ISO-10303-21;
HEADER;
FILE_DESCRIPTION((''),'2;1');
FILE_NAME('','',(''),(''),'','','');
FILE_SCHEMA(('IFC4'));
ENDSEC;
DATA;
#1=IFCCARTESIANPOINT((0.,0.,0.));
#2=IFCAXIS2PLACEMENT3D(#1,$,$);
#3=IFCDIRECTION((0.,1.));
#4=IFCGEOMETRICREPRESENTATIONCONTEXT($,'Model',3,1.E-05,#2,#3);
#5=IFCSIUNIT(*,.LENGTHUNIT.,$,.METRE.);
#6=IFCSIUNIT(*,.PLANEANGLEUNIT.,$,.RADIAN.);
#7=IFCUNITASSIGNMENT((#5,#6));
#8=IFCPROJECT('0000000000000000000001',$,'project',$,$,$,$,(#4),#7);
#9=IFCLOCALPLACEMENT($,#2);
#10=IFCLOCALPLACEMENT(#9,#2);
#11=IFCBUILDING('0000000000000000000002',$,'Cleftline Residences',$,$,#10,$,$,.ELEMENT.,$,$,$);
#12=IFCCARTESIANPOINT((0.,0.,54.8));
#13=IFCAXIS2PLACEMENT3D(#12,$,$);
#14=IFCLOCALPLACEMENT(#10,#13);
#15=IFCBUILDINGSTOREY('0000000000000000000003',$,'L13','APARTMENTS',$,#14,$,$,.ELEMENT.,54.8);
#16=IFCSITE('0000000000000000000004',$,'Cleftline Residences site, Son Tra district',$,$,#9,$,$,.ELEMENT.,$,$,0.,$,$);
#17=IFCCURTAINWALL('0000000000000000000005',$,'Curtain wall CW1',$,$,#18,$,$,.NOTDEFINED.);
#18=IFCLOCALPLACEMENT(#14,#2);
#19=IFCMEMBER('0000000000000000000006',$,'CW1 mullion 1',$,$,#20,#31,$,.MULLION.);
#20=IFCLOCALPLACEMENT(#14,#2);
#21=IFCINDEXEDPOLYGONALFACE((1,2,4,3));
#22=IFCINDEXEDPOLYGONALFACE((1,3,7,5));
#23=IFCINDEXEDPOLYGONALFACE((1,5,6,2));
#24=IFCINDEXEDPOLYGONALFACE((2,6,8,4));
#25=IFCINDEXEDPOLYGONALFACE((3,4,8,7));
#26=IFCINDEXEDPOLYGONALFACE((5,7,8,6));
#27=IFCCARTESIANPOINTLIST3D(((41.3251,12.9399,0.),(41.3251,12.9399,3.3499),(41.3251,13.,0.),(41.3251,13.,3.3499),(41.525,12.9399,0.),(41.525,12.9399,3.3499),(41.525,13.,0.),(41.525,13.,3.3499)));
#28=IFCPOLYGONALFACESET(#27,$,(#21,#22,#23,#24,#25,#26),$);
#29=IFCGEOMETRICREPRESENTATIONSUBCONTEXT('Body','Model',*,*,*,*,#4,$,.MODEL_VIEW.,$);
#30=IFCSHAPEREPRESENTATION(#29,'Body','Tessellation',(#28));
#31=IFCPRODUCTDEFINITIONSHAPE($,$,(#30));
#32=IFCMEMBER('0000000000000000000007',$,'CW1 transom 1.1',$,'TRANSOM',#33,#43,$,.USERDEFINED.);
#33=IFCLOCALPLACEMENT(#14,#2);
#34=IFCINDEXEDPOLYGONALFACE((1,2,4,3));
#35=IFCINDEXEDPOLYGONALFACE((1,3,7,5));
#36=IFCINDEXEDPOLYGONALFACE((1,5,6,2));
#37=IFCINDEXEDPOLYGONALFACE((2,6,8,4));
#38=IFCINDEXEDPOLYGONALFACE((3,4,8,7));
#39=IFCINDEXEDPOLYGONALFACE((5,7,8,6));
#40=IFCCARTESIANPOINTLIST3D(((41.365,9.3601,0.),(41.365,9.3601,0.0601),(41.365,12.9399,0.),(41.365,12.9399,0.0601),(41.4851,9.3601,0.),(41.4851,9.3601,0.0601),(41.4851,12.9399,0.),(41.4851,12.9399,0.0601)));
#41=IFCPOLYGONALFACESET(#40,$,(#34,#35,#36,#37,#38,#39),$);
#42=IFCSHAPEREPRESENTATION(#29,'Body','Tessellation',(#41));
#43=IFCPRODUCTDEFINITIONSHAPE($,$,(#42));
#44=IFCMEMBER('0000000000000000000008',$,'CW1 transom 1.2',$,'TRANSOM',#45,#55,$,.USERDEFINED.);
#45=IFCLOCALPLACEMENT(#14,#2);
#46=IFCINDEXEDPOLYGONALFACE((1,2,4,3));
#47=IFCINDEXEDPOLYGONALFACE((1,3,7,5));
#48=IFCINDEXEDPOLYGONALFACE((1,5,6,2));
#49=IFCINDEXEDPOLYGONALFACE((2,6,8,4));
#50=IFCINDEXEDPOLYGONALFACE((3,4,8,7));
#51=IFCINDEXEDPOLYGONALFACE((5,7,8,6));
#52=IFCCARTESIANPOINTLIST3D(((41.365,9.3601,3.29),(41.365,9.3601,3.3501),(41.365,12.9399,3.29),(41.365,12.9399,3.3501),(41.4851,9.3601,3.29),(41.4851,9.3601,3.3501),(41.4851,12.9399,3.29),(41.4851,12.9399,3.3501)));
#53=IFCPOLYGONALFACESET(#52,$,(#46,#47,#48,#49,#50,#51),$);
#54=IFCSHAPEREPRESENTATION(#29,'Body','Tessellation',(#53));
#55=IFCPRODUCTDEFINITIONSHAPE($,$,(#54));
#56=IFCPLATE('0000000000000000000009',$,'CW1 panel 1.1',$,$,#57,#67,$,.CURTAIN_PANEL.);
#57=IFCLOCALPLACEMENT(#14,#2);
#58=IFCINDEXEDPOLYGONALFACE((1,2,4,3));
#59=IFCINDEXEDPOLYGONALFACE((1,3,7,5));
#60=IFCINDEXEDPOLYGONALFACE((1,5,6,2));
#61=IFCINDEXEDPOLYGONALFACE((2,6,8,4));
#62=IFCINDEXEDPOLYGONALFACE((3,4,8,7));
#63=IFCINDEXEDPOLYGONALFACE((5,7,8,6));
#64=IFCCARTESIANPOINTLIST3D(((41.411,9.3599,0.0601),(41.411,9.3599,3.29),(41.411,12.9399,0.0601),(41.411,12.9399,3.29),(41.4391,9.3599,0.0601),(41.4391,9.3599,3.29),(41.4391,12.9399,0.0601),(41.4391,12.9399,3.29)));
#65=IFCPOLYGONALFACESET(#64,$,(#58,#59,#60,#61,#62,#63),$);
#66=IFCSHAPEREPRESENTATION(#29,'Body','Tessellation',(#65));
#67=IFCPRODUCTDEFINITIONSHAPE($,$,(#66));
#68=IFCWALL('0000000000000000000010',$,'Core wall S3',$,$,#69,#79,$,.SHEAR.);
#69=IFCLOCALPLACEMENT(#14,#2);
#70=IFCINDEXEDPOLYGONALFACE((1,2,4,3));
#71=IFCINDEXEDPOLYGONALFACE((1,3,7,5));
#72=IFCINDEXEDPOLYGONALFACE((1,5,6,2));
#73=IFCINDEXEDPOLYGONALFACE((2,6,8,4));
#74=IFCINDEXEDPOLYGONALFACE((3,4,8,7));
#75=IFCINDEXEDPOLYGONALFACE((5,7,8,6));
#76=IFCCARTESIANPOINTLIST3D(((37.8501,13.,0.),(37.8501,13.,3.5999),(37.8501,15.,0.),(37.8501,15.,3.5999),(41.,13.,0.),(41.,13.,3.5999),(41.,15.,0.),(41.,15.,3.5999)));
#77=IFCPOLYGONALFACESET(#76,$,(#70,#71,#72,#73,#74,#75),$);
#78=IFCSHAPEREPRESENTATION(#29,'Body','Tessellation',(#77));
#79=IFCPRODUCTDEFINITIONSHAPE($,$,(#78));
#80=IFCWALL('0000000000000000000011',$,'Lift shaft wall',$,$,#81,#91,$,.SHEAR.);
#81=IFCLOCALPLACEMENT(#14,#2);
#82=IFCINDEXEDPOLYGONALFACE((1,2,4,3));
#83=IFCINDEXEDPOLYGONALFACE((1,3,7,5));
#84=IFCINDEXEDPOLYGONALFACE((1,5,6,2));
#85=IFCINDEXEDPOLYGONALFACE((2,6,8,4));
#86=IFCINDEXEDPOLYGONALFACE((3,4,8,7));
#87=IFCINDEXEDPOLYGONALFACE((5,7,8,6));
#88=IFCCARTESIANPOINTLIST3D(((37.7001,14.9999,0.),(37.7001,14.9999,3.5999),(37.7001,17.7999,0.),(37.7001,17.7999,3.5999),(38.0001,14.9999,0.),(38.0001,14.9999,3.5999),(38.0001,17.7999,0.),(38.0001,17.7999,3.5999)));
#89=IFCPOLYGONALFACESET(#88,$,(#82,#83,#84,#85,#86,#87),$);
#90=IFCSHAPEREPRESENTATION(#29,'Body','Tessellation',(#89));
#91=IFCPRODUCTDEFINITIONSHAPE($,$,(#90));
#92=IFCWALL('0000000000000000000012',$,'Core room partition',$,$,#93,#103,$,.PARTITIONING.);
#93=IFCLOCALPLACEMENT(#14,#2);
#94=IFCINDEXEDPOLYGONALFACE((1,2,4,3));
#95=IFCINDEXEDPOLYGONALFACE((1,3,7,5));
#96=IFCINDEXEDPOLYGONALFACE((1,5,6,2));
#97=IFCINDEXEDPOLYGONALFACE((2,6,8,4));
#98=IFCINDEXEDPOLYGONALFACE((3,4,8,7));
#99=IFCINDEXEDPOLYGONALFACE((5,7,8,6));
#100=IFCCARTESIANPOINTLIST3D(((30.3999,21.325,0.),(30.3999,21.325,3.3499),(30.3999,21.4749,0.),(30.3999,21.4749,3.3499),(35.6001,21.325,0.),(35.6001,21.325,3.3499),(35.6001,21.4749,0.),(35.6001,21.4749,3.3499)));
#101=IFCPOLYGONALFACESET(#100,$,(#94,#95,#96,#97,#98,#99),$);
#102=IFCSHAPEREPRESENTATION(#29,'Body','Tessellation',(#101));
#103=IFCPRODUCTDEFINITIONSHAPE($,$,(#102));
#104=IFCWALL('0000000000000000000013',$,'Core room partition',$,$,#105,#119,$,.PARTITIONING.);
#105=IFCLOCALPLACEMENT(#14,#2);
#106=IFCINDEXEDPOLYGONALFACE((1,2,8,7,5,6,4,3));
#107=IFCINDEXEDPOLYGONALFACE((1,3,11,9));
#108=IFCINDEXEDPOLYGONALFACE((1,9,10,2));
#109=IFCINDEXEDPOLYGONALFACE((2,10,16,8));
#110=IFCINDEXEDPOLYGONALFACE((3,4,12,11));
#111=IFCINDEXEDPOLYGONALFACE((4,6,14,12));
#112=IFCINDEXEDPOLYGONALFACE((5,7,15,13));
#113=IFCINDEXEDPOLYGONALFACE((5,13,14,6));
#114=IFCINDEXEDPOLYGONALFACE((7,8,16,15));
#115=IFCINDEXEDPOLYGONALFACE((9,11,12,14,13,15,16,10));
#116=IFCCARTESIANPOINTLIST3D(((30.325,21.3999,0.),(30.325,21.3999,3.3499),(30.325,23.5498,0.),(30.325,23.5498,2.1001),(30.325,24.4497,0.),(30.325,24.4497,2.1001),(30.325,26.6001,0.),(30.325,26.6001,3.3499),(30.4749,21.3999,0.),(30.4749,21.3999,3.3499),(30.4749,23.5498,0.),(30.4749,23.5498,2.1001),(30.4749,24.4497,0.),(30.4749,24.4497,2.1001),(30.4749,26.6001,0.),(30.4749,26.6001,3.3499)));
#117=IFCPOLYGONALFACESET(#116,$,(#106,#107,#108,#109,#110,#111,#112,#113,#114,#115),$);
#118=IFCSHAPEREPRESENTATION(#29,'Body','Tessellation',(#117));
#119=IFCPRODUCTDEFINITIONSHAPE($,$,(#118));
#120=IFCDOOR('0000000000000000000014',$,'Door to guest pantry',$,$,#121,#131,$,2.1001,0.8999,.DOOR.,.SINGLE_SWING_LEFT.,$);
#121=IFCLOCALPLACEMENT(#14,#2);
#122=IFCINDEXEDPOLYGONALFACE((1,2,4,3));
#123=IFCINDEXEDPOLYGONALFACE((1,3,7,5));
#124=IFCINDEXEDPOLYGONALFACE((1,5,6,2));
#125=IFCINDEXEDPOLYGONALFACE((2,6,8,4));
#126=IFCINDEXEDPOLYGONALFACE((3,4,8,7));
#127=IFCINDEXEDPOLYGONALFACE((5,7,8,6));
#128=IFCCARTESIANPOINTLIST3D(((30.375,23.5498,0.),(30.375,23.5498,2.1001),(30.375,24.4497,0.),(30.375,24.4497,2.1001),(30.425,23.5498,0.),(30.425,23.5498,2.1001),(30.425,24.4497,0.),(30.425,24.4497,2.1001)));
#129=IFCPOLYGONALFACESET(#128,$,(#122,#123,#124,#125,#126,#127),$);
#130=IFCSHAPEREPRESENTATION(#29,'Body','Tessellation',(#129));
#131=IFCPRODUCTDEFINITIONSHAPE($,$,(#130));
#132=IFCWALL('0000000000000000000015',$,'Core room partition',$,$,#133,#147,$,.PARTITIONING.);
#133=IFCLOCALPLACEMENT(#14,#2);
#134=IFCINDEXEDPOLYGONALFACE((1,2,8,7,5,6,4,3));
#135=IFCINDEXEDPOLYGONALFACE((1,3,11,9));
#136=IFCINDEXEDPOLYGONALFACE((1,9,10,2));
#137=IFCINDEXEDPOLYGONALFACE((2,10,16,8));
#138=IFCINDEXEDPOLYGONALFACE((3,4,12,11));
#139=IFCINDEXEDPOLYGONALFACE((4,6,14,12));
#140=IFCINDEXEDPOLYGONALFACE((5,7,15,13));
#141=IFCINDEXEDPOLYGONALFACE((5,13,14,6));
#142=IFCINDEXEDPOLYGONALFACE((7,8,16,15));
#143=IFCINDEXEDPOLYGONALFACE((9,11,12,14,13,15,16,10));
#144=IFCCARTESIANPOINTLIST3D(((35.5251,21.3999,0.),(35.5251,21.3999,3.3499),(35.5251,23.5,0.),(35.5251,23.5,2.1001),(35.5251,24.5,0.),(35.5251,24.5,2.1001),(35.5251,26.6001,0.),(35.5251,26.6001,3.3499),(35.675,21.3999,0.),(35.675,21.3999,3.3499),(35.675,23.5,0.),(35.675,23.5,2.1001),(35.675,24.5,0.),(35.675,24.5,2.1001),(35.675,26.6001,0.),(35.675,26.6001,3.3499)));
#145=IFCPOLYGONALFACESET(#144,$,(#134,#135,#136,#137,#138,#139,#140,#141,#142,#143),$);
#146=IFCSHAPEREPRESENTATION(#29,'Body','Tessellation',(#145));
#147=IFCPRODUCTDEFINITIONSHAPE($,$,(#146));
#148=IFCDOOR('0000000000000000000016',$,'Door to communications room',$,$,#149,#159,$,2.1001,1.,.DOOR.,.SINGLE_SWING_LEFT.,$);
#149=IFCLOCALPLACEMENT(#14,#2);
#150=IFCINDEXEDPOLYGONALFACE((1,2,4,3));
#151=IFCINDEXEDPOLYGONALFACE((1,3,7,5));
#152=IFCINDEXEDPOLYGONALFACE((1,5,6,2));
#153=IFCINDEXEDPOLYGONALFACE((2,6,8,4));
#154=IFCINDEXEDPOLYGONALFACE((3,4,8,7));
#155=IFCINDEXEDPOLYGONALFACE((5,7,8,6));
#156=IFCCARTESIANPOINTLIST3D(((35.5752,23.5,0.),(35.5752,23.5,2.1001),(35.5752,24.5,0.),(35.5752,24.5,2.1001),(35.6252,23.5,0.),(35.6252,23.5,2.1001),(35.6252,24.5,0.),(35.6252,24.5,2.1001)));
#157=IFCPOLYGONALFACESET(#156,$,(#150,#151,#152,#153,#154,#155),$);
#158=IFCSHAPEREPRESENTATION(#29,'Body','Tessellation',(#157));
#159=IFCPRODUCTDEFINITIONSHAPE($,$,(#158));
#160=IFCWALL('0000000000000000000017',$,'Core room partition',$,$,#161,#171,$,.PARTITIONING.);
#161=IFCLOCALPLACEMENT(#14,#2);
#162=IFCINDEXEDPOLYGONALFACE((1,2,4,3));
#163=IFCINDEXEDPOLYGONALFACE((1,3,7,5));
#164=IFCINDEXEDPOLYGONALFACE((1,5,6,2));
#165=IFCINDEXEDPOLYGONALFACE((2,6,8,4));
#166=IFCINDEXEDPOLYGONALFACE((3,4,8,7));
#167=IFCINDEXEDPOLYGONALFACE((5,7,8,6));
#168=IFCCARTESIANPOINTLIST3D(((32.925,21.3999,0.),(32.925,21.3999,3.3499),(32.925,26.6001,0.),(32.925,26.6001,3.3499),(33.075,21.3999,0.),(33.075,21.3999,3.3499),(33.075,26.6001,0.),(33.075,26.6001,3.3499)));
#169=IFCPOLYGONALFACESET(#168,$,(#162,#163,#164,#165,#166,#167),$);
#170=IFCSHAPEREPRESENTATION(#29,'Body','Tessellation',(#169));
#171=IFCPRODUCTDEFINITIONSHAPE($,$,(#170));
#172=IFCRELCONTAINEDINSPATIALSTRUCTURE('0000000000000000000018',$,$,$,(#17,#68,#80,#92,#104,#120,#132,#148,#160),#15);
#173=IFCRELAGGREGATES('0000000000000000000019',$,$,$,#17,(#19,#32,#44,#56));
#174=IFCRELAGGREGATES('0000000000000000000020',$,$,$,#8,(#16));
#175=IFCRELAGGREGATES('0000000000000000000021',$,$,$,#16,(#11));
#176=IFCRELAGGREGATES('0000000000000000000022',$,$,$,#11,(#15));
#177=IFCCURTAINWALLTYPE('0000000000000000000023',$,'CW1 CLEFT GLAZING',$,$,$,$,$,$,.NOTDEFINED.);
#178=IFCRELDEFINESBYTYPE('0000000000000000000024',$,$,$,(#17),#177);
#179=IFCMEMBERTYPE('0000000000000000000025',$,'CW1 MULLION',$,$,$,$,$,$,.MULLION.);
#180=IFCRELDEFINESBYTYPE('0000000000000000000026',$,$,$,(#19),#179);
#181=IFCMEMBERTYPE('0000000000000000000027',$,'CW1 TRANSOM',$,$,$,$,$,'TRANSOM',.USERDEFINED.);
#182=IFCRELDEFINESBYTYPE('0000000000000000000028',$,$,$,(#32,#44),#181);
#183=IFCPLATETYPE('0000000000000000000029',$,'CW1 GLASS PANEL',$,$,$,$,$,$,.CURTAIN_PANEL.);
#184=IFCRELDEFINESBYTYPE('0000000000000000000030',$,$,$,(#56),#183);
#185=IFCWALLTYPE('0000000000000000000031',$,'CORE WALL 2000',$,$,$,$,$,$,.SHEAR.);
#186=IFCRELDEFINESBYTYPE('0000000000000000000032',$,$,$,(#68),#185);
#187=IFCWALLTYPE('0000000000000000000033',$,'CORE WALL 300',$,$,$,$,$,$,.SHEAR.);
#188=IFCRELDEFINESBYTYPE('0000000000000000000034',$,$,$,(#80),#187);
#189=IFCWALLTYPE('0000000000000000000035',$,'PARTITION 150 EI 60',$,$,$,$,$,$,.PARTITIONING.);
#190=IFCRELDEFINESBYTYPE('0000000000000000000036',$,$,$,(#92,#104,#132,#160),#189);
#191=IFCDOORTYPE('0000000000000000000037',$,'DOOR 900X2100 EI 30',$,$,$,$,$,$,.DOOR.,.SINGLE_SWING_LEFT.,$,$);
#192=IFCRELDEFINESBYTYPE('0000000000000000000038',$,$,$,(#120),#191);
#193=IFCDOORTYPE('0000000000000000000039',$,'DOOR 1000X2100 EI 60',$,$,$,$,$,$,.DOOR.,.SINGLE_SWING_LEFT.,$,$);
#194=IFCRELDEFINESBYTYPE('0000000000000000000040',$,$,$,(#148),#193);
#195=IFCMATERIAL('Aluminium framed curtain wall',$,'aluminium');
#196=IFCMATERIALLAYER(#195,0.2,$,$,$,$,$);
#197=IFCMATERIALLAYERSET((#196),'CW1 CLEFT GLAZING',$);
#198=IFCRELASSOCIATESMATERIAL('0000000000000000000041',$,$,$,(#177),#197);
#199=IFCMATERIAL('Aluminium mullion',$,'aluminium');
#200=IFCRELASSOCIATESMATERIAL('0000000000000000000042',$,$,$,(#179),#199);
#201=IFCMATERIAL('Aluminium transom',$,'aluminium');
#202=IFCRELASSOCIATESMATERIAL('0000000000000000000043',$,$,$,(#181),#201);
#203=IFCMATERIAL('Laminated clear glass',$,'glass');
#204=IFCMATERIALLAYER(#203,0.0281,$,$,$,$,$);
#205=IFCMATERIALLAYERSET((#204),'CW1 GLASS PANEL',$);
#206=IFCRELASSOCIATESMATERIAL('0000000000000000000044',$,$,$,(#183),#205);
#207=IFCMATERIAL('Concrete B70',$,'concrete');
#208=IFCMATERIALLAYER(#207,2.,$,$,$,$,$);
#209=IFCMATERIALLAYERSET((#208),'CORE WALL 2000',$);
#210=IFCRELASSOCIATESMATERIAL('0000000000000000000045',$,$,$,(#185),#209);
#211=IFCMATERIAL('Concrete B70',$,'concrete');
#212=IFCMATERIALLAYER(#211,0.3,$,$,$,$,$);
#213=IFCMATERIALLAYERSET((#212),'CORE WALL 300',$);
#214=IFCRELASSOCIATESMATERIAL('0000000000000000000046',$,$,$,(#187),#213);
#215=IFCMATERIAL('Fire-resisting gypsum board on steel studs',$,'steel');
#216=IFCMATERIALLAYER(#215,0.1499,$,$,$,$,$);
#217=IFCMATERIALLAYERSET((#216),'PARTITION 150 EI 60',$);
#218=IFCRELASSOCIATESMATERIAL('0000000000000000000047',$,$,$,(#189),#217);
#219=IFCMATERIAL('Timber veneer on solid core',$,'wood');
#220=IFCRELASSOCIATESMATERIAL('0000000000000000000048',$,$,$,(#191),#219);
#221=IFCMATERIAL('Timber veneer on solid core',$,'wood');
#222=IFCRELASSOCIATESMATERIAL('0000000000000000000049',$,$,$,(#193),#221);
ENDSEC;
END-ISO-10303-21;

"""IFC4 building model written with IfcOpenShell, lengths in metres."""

from ifc_helpers import new_model, si_unit, direction, frame, frame_2d, origin, origin_2d, place, context, subcontext, project, spatial, rectangle, extrude, material, layer, layer_set, material_profile, profile_set, type_object, element, fill, aggregate, save


model = new_model("IFC4")

# Units and contexts
model_context = context("Model", 3, precision=1e-05, world=origin(), true_north=direction((0.0, 1.0)))
body_context = subcontext(model_context, "Body", "Model", "MODEL_VIEW")
ifc_project = project(units=[si_unit("LENGTHUNIT", "METRE"), si_unit("PLANEANGLEUNIT", "RADIAN")], contexts=[model_context])

# Site, building, storey
site_placement = place(None, origin())
site = spatial("IfcSite", under=ifc_project, at=site_placement, Name="Cleftline Residences site, Son Tra district", CompositionType="ELEMENT", RefElevation=0.0)
building_placement = place(site_placement, origin())
building = spatial("IfcBuilding", under=site, at=building_placement, Name="Cleftline Residences", CompositionType="ELEMENT")
storey_placement = place(building_placement, frame((0.0, 0.0, 54.8)))
storey = spatial("IfcBuildingStorey", under=building, at=storey_placement, Name="L13", Description="APARTMENTS", CompositionType="ELEMENT", Elevation=54.8)

# Curtain wall, members, plate
ifc_material_1 = material(Name="Aluminium framed curtain wall", Category="aluminium")
ifc_layer_1 = layer(ifc_material_1, 0.2)
ifc_layer_set_1 = layer_set([ifc_layer_1], Name="CW1 CLEFT GLAZING")
curtain_wall_type = type_object("IfcCurtainWallType", Name="CW1 CLEFT GLAZING", PredefinedType="NOTDEFINED", material=ifc_layer_set_1)
curtain_wall_placement = place(storey_placement, origin())
curtain_wall = element("IfcCurtainWall", 1, at=curtain_wall_placement, inside=storey, type_object=curtain_wall_type, Name="Curtain wall CW1", PredefinedType="NOTDEFINED")
ifc_material_2 = material(Name="Aluminium mullion", Category="aluminium")
ifc_material_profile_1 = material_profile(ifc_material_2, rectangle(XDim=0.2, YDim=0.0601, at=origin_2d()))
ifc_profile_set_1 = profile_set([ifc_material_profile_1], Name="Aluminium mullion")
member_type_1 = type_object("IfcMemberType", Name="CW1 MULLION", PredefinedType="MULLION", material=ifc_profile_set_1)
member_1_placement = place(storey_placement, frame((41.425, 12.97, 0.0), z_axis=(0.0, 0.0, 1.0), x_axis=(1.0, 0.0, 0.0)))
member_1 = element("IfcMember", 2, at=member_1_placement, type_object=member_type_1, Name="CW1 mullion 1", PredefinedType="MULLION", context=body_context, shape_type="SweptSolid", body=[
    extrude(rectangle(XDim=0.2, YDim=0.0601, at=origin_2d()), origin(), (0.0, 0.0, 1.0), 3.3499),
])
ifc_material_3 = material(Name="Aluminium transom", Category="aluminium")
ifc_material_profile_2 = material_profile(ifc_material_3, rectangle(XDim=0.1201, YDim=0.0601, at=origin_2d()))
ifc_profile_set_2 = profile_set([ifc_material_profile_2], Name="Aluminium transom")
member_type_2 = type_object("IfcMemberType", Name="CW1 TRANSOM", ElementType="TRANSOM", PredefinedType="USERDEFINED", material=ifc_profile_set_2)
member_2_placement = place(storey_placement, frame((41.425, 12.9399, 0.03), z_axis=(0.0, -1.0, 0.0), x_axis=(1.0, 0.0, 0.0)))
member_2 = element("IfcMember", 3, at=member_2_placement, type_object=member_type_2, Name="CW1 transom 1.1", ObjectType="TRANSOM", PredefinedType="USERDEFINED", context=body_context, shape_type="SweptSolid", body=[
    extrude(rectangle(XDim=0.1201, YDim=0.0601, at=origin_2d()), origin(), (0.0, 0.0, 1.0), 3.5798),
])
member_3_placement = place(storey_placement, frame((41.425, 12.9399, 3.3201), z_axis=(0.0, -1.0, 0.0), x_axis=(1.0, 0.0, 0.0)))
member_3 = element("IfcMember", 4, at=member_3_placement, type_object=member_type_2, Name="CW1 transom 1.2", ObjectType="TRANSOM", PredefinedType="USERDEFINED", context=body_context, shape_type="SweptSolid", body=[
    extrude(rectangle(XDim=0.1201, YDim=0.0601, at=origin_2d()), origin(), (0.0, 0.0, 1.0), 3.5798),
])
ifc_material_4 = material(Name="Laminated clear glass", Category="glass")
ifc_layer_2 = layer(ifc_material_4, 0.0281)
ifc_layer_set_2 = layer_set([ifc_layer_2], Name="CW1 GLASS PANEL")
plate_type = type_object("IfcPlateType", Name="CW1 GLASS PANEL", PredefinedType="CURTAIN_PANEL", material=ifc_layer_set_2)
plate_placement = place(storey_placement, frame((41.425, 11.1499, 0.0601), z_axis=(0.0, 0.0, 1.0), x_axis=(0.0, -1.0, 0.0)))
plate = element("IfcPlate", 5, at=plate_placement, type_object=plate_type, Name="CW1 panel 1.1", PredefinedType="CURTAIN_PANEL", context=body_context, shape_type="SweptSolid", body=[
    extrude(rectangle(XDim=3.5801, YDim=0.0281, at=origin_2d()), origin(), (0.0, 0.0, 1.0), 3.23),
])
aggregate(curtain_wall, [member_1, member_2, member_3, plate])

# Walls
ifc_material_5 = material(Name="Concrete B70", Category="concrete")
ifc_layer_3 = layer(ifc_material_5, 2.0)
ifc_layer_set_3 = layer_set([ifc_layer_3], Name="CORE WALL 2000")
wall_type_1 = type_object("IfcWallType", Name="CORE WALL 2000", PredefinedType="SHEAR", material=ifc_layer_set_3)
wall_1_placement = place(storey_placement, frame((37.8501, 14.0, 0.0), z_axis=(0.0, 0.0, 1.0), x_axis=(1.0, 0.0, 0.0)))
element("IfcWall", 6, at=wall_1_placement, inside=storey, type_object=wall_type_1, Name="Core wall S3", PredefinedType="SHEAR", context=body_context, shape_type="SweptSolid", body=[
    extrude(rectangle(XDim=3.1499, YDim=2.0, at=frame_2d((1.575, 0.0))), origin(), (0.0, 0.0, 1.0), 3.5999),
])
ifc_material_6 = material(Name="Concrete B70", Category="concrete")
ifc_layer_4 = layer(ifc_material_6, 0.3)
ifc_layer_set_4 = layer_set([ifc_layer_4], Name="CORE WALL 300")
wall_type_2 = type_object("IfcWallType", Name="CORE WALL 300", PredefinedType="SHEAR", material=ifc_layer_set_4)
wall_2_placement = place(storey_placement, frame((37.8501, 15.0, 0.0), z_axis=(0.0, 0.0, 1.0), x_axis=(0.0, 1.0, 0.0)))
element("IfcWall", 7, at=wall_2_placement, inside=storey, type_object=wall_type_2, Name="Lift shaft wall", PredefinedType="SHEAR", context=body_context, shape_type="SweptSolid", body=[
    extrude(rectangle(XDim=2.8, YDim=0.3, at=frame_2d((1.3999, 0.0))), origin(), (0.0, 0.0, 1.0), 3.5999),
])
ifc_material_7 = material(Name="Fire-resisting gypsum board on steel studs", Category="steel")
ifc_layer_5 = layer(ifc_material_7, 0.1499)
ifc_layer_set_5 = layer_set([ifc_layer_5], Name="PARTITION 150 EI 60")
wall_type_3 = type_object("IfcWallType", Name="PARTITION 150 EI 60", PredefinedType="PARTITIONING", material=ifc_layer_set_5)
wall_3_placement = place(storey_placement, frame((30.3999, 21.3999, 0.0), z_axis=(0.0, 0.0, 1.0), x_axis=(1.0, 0.0, 0.0)))
element("IfcWall", 8, at=wall_3_placement, inside=storey, type_object=wall_type_3, Name="Core room partition", PredefinedType="PARTITIONING", context=body_context, shape_type="SweptSolid", body=[
    extrude(rectangle(XDim=5.2002, YDim=0.1499, at=frame_2d((2.6001, 0.0))), origin(), (0.0, 0.0, 1.0), 3.3499),
])

# Walls, openings, doors
wall_4_placement = place(storey_placement, frame((30.3999, 21.3999, 0.0), z_axis=(0.0, 0.0, 1.0), x_axis=(0.0, 1.0, 0.0)))
wall_4 = element("IfcWall", 9, at=wall_4_placement, inside=storey, type_object=wall_type_3, Name="Core room partition", PredefinedType="PARTITIONING", context=body_context, shape_type="SweptSolid", body=[
    extrude(rectangle(XDim=5.2002, YDim=0.1499, at=frame_2d((2.6001, 0.0))), origin(), (0.0, 0.0, 1.0), 3.3499),
])
opening_1_placement = place(wall_4_placement, frame((2.1499, 0.0, 0.0)))
opening_1 = element("IfcOpeningElement", 10, at=opening_1_placement, cuts=wall_4, PredefinedType="OPENING", context=body_context, shape_type="SweptSolid", body=[
    extrude(rectangle(XDim=0.8999, YDim=2.1001, at=frame_2d((0.45, 1.05))), frame((0.0, 0.085, 0.0), z_axis=(0.0, -1.0, 0.0), x_axis=(1.0, 0.0, 0.0)), (0.0, 0.0, 1.0), 0.1699),
])
ifc_material_8 = material(Name="Timber veneer on solid core", Category="wood")
door_type_1 = type_object("IfcDoorType", Name="DOOR 900X2100 EI 30", OperationType="SINGLE_SWING_LEFT", PredefinedType="DOOR", material=ifc_material_8)
door_1_placement = place(opening_1_placement, origin())
door_1 = element("IfcDoor", 11, at=door_1_placement, inside=storey, type_object=door_type_1, Name="Door to guest pantry", OperationType="SINGLE_SWING_LEFT", OverallHeight=2.1001, OverallWidth=0.8999, PredefinedType="DOOR", context=body_context, shape_type="SweptSolid", body=[
    extrude(rectangle(XDim=0.8999, YDim=2.1001, at=frame_2d((0.45, 1.05))), frame((0.0, 0.0249, 0.0), z_axis=(0.0, -1.0, 0.0), x_axis=(1.0, 0.0, 0.0)), (0.0, 0.0, 1.0), 0.05),
])
fill(opening_1, door_1)
wall_5_placement = place(storey_placement, frame((35.6001, 21.3999, 0.0), z_axis=(0.0, 0.0, 1.0), x_axis=(0.0, 1.0, 0.0)))
wall_5 = element("IfcWall", 12, at=wall_5_placement, inside=storey, type_object=wall_type_3, Name="Core room partition", PredefinedType="PARTITIONING", context=body_context, shape_type="SweptSolid", body=[
    extrude(rectangle(XDim=5.2002, YDim=0.1499, at=frame_2d((2.6001, 0.0))), origin(), (0.0, 0.0, 1.0), 3.3499),
])
opening_2_placement = place(wall_5_placement, frame((2.1001, 0.0, 0.0)))
opening_2 = element("IfcOpeningElement", 13, at=opening_2_placement, cuts=wall_5, PredefinedType="OPENING", context=body_context, shape_type="SweptSolid", body=[
    extrude(rectangle(XDim=1.0, YDim=2.1001, at=frame_2d((0.5, 1.05))), frame((0.0, 0.085, 0.0), z_axis=(0.0, -1.0, 0.0), x_axis=(1.0, 0.0, 0.0)), (0.0, 0.0, 1.0), 0.1699),
])
ifc_material_9 = material(Name="Timber veneer on solid core", Category="wood")
door_type_2 = type_object("IfcDoorType", Name="DOOR 1000X2100 EI 60", OperationType="SINGLE_SWING_LEFT", PredefinedType="DOOR", material=ifc_material_9)
door_2_placement = place(opening_2_placement, origin())
door_2 = element("IfcDoor", 14, at=door_2_placement, inside=storey, type_object=door_type_2, Name="Door to communications room", OperationType="SINGLE_SWING_LEFT", OverallHeight=2.1001, OverallWidth=1.0, PredefinedType="DOOR", context=body_context, shape_type="SweptSolid", body=[
    extrude(rectangle(XDim=1.0, YDim=2.1001, at=frame_2d((0.5, 1.05))), frame((0.0, 0.0249, 0.0), z_axis=(0.0, -1.0, 0.0), x_axis=(1.0, 0.0, 0.0)), (0.0, 0.0, 1.0), 0.05),
])
fill(opening_2, door_2)

# Wall
wall_6_placement = place(storey_placement, frame((33.0, 21.3999, 0.0), z_axis=(0.0, 0.0, 1.0), x_axis=(0.0, 1.0, 0.0)))
element("IfcWall", 15, at=wall_6_placement, inside=storey, type_object=wall_type_3, Name="Core room partition", PredefinedType="PARTITIONING", context=body_context, shape_type="SweptSolid", body=[
    extrude(rectangle(XDim=5.2002, YDim=0.1499, at=frame_2d((2.6001, 0.0))), origin(), (0.0, 0.0, 1.0), 3.3499),
])

save(model, "model.ifc")
